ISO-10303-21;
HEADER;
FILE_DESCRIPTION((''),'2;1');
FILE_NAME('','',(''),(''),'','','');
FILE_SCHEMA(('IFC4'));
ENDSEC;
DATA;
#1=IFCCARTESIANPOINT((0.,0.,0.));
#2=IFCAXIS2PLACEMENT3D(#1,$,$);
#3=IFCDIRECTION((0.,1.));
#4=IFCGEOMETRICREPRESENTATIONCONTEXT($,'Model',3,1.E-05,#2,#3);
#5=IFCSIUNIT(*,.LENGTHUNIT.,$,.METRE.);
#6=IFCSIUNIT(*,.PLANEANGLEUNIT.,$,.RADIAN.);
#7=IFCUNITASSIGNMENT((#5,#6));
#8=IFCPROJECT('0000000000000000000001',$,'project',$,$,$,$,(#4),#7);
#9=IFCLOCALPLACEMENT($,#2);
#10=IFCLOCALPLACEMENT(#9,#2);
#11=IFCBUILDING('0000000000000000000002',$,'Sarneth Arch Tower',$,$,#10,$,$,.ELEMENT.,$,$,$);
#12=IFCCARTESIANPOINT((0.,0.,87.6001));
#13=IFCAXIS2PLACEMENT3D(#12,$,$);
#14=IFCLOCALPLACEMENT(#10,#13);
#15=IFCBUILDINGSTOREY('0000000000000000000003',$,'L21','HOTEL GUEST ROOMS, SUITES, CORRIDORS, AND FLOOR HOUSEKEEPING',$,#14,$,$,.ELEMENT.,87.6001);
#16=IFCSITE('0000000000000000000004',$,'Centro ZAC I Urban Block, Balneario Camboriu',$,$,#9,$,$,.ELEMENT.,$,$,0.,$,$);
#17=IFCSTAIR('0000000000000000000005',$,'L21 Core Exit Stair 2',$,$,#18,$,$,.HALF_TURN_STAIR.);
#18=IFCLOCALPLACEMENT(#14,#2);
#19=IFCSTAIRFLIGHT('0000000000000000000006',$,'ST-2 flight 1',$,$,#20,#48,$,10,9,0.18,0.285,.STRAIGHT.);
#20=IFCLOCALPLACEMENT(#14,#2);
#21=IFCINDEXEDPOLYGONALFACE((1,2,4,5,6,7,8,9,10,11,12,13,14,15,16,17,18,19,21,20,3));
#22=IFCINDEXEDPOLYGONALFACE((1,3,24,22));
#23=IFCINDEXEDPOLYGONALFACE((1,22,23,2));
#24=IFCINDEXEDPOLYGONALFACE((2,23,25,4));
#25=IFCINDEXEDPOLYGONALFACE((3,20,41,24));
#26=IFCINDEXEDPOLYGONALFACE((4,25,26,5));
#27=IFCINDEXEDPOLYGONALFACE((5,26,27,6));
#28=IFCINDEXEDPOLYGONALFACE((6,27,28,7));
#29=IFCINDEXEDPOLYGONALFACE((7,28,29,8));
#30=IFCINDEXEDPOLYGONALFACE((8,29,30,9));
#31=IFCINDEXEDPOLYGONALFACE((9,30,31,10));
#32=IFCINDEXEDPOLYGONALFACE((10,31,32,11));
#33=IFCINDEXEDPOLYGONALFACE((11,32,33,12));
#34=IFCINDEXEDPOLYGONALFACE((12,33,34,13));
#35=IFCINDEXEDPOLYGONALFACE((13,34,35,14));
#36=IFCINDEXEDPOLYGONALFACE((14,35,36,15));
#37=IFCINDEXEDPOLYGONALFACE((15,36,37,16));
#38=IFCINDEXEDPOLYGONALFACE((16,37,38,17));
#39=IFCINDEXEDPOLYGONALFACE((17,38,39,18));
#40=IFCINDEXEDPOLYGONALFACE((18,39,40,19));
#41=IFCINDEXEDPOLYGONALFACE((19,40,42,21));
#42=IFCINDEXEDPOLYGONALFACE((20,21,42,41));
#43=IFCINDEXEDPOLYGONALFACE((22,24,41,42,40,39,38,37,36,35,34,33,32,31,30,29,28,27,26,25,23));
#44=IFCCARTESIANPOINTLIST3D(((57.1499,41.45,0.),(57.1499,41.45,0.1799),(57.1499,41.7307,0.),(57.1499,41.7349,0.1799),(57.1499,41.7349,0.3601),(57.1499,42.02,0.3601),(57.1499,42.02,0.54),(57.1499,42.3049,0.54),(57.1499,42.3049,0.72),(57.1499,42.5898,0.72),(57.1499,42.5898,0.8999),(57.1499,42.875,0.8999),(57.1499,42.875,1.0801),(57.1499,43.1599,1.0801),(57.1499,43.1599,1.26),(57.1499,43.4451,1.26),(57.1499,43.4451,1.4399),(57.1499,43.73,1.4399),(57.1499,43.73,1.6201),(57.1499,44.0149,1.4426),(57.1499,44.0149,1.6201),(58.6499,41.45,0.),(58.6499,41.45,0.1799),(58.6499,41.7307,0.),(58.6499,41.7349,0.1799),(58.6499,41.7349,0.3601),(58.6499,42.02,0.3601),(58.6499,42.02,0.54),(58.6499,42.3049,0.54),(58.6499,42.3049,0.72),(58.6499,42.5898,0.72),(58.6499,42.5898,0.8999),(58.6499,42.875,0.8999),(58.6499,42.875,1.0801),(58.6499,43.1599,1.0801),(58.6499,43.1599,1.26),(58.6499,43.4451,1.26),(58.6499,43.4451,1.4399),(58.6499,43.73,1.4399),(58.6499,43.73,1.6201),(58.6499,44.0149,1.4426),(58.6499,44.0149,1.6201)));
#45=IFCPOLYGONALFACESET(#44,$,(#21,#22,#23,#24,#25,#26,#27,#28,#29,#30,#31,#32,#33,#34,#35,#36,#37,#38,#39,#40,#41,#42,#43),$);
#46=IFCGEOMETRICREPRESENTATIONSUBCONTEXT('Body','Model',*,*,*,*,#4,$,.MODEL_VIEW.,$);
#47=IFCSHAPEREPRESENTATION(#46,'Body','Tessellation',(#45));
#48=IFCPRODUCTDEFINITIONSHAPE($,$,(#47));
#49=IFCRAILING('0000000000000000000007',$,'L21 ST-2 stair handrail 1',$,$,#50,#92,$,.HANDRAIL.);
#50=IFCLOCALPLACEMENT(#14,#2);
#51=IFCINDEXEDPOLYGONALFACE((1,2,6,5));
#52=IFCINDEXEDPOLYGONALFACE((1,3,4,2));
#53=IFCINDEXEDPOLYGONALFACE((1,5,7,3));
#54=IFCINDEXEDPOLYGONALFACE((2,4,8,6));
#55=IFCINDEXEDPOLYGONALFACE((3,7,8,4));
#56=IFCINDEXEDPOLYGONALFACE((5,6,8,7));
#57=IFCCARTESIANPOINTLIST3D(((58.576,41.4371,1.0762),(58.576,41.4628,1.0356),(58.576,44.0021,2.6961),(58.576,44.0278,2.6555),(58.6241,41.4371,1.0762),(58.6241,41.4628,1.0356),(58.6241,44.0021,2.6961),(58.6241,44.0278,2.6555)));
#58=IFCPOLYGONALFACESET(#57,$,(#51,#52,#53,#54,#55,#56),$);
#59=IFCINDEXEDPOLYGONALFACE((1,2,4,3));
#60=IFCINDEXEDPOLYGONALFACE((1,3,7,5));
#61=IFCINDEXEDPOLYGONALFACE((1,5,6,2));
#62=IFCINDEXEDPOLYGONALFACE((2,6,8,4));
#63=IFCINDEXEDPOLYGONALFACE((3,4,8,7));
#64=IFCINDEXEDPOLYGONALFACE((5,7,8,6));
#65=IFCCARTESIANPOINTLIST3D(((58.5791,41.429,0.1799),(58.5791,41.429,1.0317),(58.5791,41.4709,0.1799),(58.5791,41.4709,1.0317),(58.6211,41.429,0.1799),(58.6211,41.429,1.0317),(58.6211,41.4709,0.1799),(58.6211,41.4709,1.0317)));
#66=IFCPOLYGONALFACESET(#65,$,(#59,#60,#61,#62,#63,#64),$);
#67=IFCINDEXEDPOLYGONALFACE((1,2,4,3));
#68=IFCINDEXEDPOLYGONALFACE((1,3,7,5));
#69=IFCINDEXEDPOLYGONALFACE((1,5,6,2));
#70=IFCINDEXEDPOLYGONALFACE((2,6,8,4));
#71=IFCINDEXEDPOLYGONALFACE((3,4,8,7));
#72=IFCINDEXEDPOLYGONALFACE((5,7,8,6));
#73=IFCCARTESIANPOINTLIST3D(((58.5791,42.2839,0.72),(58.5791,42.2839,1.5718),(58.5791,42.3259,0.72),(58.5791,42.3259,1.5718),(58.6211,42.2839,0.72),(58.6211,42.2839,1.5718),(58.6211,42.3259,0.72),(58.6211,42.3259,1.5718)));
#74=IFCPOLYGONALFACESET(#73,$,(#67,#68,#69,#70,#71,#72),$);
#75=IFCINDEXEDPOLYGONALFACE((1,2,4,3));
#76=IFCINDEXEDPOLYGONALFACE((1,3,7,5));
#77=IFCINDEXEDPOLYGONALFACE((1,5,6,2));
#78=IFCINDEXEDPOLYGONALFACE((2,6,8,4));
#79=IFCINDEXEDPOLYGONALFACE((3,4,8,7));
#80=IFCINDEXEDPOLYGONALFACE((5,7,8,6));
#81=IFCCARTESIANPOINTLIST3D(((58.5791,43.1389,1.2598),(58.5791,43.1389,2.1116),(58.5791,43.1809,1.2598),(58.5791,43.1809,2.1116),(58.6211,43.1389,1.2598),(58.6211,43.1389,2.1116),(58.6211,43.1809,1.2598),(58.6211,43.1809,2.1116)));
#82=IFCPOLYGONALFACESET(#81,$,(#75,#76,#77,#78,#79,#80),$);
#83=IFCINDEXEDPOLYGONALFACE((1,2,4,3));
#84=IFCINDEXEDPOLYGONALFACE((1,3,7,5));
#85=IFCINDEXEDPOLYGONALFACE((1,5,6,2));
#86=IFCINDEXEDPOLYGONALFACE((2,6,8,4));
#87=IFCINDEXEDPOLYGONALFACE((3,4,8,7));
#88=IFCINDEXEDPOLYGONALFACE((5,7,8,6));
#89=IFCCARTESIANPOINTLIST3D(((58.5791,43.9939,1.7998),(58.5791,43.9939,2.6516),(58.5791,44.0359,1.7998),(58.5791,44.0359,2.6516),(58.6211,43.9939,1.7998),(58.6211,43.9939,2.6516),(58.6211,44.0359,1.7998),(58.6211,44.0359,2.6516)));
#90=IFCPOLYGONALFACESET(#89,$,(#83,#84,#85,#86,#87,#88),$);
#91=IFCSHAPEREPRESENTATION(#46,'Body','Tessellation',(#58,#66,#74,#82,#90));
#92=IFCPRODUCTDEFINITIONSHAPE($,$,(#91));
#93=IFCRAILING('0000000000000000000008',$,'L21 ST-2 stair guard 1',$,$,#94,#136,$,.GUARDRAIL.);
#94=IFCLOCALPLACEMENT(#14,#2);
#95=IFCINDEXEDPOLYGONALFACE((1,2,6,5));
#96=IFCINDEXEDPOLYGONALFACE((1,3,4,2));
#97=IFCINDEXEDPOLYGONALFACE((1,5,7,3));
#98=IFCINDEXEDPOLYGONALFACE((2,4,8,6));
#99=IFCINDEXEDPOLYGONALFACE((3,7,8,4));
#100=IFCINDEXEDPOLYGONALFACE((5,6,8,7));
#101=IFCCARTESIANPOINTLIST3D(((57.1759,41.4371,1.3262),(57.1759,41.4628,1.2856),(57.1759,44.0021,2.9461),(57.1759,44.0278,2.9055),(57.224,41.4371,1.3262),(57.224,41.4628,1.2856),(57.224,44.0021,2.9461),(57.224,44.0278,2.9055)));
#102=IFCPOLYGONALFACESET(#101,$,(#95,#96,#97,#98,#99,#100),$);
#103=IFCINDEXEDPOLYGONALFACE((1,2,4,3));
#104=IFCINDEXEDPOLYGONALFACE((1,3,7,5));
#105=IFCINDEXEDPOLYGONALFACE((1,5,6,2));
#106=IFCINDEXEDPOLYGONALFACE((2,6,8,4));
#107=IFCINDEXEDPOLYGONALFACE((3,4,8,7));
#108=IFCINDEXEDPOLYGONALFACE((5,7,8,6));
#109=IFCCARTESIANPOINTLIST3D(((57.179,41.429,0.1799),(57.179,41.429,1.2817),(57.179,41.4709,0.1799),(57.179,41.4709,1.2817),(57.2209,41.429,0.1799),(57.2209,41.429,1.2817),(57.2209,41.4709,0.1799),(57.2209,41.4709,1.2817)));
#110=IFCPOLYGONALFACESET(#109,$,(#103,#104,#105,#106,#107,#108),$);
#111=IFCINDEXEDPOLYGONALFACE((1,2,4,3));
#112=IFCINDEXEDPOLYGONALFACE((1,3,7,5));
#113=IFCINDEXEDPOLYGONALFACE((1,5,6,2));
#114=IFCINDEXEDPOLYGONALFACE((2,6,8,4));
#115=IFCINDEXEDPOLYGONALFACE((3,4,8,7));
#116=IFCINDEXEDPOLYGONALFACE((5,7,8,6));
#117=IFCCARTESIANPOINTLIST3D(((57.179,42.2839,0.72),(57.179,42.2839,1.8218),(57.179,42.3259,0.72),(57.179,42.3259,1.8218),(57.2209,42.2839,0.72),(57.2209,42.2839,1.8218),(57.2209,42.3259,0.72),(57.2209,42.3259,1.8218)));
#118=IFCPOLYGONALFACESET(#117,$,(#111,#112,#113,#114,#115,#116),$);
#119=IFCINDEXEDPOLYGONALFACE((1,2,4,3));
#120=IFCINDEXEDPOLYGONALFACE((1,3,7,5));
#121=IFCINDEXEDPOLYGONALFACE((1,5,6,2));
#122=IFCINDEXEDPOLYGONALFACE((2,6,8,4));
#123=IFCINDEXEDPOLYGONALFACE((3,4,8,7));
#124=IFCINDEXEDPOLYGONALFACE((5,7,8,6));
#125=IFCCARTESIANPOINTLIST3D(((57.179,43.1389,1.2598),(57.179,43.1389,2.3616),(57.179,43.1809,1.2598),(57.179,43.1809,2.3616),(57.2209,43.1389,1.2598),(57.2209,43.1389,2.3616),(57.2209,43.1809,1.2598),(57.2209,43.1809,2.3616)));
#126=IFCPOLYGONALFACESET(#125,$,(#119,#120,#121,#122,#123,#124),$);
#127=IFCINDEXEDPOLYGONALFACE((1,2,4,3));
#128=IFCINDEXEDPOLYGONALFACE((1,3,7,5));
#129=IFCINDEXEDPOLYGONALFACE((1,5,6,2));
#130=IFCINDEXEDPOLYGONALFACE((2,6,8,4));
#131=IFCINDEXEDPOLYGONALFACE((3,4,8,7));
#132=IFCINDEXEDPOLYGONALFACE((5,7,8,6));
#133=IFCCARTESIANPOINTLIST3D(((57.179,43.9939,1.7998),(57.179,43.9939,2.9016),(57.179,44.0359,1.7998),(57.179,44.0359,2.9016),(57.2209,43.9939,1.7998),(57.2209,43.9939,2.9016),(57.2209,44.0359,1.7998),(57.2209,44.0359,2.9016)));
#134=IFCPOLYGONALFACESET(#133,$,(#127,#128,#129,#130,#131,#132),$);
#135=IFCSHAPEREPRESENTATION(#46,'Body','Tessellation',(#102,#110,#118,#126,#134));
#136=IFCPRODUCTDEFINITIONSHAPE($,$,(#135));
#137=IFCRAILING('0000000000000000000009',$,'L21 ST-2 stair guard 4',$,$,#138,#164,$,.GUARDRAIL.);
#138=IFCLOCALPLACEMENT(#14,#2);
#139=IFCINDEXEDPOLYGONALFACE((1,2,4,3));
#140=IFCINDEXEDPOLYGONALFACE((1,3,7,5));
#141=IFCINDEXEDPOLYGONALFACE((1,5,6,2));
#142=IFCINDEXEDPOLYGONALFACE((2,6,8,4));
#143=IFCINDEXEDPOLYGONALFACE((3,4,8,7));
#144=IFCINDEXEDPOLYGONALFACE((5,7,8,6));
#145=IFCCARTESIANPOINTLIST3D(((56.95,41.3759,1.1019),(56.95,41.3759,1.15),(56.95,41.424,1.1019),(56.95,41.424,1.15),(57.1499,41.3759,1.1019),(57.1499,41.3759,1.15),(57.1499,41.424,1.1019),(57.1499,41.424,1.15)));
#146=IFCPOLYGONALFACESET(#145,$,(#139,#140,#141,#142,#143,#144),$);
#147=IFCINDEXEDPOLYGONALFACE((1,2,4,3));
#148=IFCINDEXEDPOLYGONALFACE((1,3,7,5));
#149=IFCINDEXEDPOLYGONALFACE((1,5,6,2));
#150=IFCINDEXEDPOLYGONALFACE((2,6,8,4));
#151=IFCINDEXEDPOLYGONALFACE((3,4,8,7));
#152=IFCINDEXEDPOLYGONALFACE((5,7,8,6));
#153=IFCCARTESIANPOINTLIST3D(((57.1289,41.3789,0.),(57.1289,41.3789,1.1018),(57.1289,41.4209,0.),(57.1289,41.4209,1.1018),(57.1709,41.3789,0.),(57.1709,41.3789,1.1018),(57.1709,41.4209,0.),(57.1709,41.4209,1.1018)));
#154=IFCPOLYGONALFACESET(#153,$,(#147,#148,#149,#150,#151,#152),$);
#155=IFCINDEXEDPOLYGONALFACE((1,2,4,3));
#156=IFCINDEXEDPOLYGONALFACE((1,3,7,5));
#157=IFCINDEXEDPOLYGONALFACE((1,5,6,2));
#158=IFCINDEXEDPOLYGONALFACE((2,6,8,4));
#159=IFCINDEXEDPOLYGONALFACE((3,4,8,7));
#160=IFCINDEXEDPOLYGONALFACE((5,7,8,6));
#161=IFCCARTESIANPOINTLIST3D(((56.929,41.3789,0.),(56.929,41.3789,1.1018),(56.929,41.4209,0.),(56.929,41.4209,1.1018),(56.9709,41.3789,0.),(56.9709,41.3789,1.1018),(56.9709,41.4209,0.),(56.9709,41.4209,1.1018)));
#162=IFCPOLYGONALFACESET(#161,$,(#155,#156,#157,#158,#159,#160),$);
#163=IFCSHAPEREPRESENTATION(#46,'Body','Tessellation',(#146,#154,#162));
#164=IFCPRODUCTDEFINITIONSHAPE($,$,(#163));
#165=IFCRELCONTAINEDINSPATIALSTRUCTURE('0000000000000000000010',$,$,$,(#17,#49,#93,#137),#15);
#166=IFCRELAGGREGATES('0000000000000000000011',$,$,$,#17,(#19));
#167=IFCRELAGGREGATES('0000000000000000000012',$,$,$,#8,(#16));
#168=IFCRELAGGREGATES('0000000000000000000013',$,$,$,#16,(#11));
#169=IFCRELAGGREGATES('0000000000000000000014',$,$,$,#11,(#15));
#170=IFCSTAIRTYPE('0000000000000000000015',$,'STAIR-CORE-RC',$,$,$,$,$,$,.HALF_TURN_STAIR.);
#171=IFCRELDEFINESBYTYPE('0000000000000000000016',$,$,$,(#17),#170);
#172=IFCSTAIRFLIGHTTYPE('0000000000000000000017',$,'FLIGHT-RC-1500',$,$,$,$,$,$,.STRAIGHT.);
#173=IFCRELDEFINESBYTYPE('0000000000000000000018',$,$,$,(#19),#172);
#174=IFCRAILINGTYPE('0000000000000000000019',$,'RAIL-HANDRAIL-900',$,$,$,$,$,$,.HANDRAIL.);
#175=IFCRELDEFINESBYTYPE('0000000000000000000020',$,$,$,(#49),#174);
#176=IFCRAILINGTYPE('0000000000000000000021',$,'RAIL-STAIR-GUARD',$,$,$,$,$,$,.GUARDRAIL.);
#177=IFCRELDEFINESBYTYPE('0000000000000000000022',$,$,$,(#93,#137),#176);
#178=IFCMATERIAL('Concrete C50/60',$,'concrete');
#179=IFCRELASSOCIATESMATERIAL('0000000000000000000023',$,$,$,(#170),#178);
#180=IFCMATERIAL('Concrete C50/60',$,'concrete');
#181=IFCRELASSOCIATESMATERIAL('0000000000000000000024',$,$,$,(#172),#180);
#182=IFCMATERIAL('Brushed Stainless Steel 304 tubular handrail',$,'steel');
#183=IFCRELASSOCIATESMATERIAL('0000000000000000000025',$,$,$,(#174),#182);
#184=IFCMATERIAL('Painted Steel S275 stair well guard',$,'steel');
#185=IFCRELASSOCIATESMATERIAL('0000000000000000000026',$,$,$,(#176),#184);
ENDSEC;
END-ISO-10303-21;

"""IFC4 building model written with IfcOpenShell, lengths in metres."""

from ifc_helpers import new_model, si_unit, direction, frame, origin, origin_2d, place, context, subcontext, project, spatial, polyline, rectangle, outline, extrude, material, type_object, element, aggregate, save


model = new_model("IFC4")

# Units and contexts
model_context = context("Model", 3, precision=1e-05, world=origin(), true_north=direction((0.0, 1.0)))
body_context = subcontext(model_context, "Body", "Model", "MODEL_VIEW")
ifc_project = project(units=[si_unit("LENGTHUNIT", "METRE"), si_unit("PLANEANGLEUNIT", "RADIAN")], contexts=[model_context])

# Site, building, storey
site_placement = place(None, origin())
site = spatial("IfcSite", under=ifc_project, at=site_placement, Name="Centro ZAC I Urban Block, Balneario Camboriu", CompositionType="ELEMENT", RefElevation=0.0)
building_placement = place(site_placement, origin())
building = spatial("IfcBuilding", under=site, at=building_placement, Name="Sarneth Arch Tower", CompositionType="ELEMENT")
storey_placement = place(building_placement, frame((0.0, 0.0, 87.6001)))
storey = spatial("IfcBuildingStorey", under=building, at=storey_placement, Name="L21", Description="HOTEL GUEST ROOMS, SUITES, CORRIDORS, AND FLOOR HOUSEKEEPING", CompositionType="ELEMENT", Elevation=87.6001)

# Stair, stair flight
ifc_material_1 = material(Name="Concrete C50/60", Category="concrete")
stair_type = type_object("IfcStairType", Name="STAIR-CORE-RC", PredefinedType="HALF_TURN_STAIR", material=ifc_material_1)
stair_placement = place(storey_placement, origin())
stair = element("IfcStair", 1, at=stair_placement, inside=storey, type_object=stair_type, Name="L21 Core Exit Stair 2", PredefinedType="HALF_TURN_STAIR")
ifc_material_2 = material(Name="Concrete C50/60", Category="concrete")
stair_flight_type = type_object("IfcStairFlightType", Name="FLIGHT-RC-1500", PredefinedType="STRAIGHT", material=ifc_material_2)
stair_flight_placement = place(storey_placement, frame((57.8999, 41.45, 0.0), z_axis=(0.0, 0.0, 1.0), x_axis=(0.0, 1.0, 0.0)))
stair_flight = element("IfcStairFlight", 2, at=stair_flight_placement, type_object=stair_flight_type, Name="ST-2 flight 1", NumberOfRisers=10, NumberOfTreads=9, PredefinedType="STRAIGHT", RiserHeight=0.18, TreadLength=0.285, context=body_context, shape_type="SweptSolid", body=[
    extrude(outline(polyline([(0.0, 0.0), (0.0, 0.1799), (0.2849, 0.1799), (0.2849, 0.3601), (0.5701, 0.3601), (0.5701, 0.54), (0.855, 0.54), (0.855, 0.72), (1.1399, 0.72), (1.1399, 0.8999), (1.425, 0.8999), (1.425, 1.0801), (1.71, 1.0801), (1.71, 1.26), (1.9951, 1.26), (1.9951, 1.4399), (2.28, 1.4399), (2.28, 1.6201), (2.5649, 1.6201), (2.5649, 1.8), (2.5649, 1.4426), (0.2808, 0.0), (0.0, 0.0)])), frame((0.0, 0.75, 0.0), z_axis=(0.0, -1.0, 0.0), x_axis=(1.0, 0.0, 0.0)), (0.0, 0.0, 1.0), 1.5),
])
aggregate(stair, [stair_flight])

# Railings
ifc_material_3 = material(Name="Brushed Stainless Steel 304 tubular handrail", Category="steel")
railing_type_1 = type_object("IfcRailingType", Name="RAIL-HANDRAIL-900", PredefinedType="HANDRAIL", material=ifc_material_3)
railing_1_placement = place(storey_placement, frame((58.6001, 41.45, 0.1799)))
element("IfcRailing", 3, at=railing_1_placement, inside=storey, type_object=railing_type_1, Name="L21 ST-2 stair handrail 1", PredefinedType="HANDRAIL", context=body_context, shape_type="SweptSolid", body=[
    extrude(rectangle(XDim=0.0481, YDim=0.0481, at=origin_2d()), frame((0.0, 0.0, 0.876), z_axis=(0.0, 0.845502, 0.533972), x_axis=(-1.0, 0.0, 0.0)), (0.0, 0.0, 1.0), 3.0337),
    extrude(rectangle(XDim=0.042, YDim=0.042, at=origin_2d()), origin(), (0.0, 0.0, 1.0), 0.8518),
    extrude(rectangle(XDim=0.042, YDim=0.042, at=origin_2d()), frame((0.0, 0.855, 0.54)), (0.0, 0.0, 1.0), 0.8518),
    extrude(rectangle(XDim=0.042, YDim=0.042, at=origin_2d()), frame((0.0, 1.71, 1.0798)), (0.0, 0.0, 1.0), 0.8518),
    extrude(rectangle(XDim=0.042, YDim=0.042, at=origin_2d()), frame((0.0, 2.5649, 1.6199)), (0.0, 0.0, 1.0), 0.8518),
])
ifc_material_4 = material(Name="Painted Steel S275 stair well guard", Category="steel")
railing_type_2 = type_object("IfcRailingType", Name="RAIL-STAIR-GUARD", PredefinedType="GUARDRAIL", material=ifc_material_4)
railing_2_placement = place(storey_placement, frame((57.2, 41.45, 0.1799)))
element("IfcRailing", 4, at=railing_2_placement, inside=storey, type_object=railing_type_2, Name="L21 ST-2 stair guard 1", PredefinedType="GUARDRAIL", context=body_context, shape_type="SweptSolid", body=[
    extrude(rectangle(XDim=0.0481, YDim=0.0481, at=origin_2d()), frame((0.0, 0.0, 1.126), z_axis=(0.0, 0.845502, 0.533972), x_axis=(-1.0, 0.0, 0.0)), (0.0, 0.0, 1.0), 3.0337),
    extrude(rectangle(XDim=0.042, YDim=0.042, at=origin_2d()), origin(), (0.0, 0.0, 1.0), 1.1018),
    extrude(rectangle(XDim=0.042, YDim=0.042, at=origin_2d()), frame((0.0, 0.855, 0.54)), (0.0, 0.0, 1.0), 1.1018),
    extrude(rectangle(XDim=0.042, YDim=0.042, at=origin_2d()), frame((0.0, 1.71, 1.0798)), (0.0, 0.0, 1.0), 1.1018),
    extrude(rectangle(XDim=0.042, YDim=0.042, at=origin_2d()), frame((0.0, 2.5649, 1.6199)), (0.0, 0.0, 1.0), 1.1018),
])
railing_3_placement = place(storey_placement, frame((57.1499, 41.3999, 0.0)))
element("IfcRailing", 5, at=railing_3_placement, inside=storey, type_object=railing_type_2, Name="L21 ST-2 stair guard 4", PredefinedType="GUARDRAIL", context=body_context, shape_type="SweptSolid", body=[
    extrude(rectangle(XDim=0.0481, YDim=0.0481, at=origin_2d()), frame((0.0, 0.0, 1.126), z_axis=(-1.0, 0.0, 0.0), x_axis=(0.0, -1.0, 0.0)), (0.0, 0.0, 1.0), 0.2),
    extrude(rectangle(XDim=0.042, YDim=0.042, at=origin_2d()), origin(), (0.0, 0.0, 1.0), 1.1018),
    extrude(rectangle(XDim=0.042, YDim=0.042, at=origin_2d()), frame((-0.2, 0.0, 0.0)), (0.0, 0.0, 1.0), 1.1018),
])

save(model, "model.ifc")
